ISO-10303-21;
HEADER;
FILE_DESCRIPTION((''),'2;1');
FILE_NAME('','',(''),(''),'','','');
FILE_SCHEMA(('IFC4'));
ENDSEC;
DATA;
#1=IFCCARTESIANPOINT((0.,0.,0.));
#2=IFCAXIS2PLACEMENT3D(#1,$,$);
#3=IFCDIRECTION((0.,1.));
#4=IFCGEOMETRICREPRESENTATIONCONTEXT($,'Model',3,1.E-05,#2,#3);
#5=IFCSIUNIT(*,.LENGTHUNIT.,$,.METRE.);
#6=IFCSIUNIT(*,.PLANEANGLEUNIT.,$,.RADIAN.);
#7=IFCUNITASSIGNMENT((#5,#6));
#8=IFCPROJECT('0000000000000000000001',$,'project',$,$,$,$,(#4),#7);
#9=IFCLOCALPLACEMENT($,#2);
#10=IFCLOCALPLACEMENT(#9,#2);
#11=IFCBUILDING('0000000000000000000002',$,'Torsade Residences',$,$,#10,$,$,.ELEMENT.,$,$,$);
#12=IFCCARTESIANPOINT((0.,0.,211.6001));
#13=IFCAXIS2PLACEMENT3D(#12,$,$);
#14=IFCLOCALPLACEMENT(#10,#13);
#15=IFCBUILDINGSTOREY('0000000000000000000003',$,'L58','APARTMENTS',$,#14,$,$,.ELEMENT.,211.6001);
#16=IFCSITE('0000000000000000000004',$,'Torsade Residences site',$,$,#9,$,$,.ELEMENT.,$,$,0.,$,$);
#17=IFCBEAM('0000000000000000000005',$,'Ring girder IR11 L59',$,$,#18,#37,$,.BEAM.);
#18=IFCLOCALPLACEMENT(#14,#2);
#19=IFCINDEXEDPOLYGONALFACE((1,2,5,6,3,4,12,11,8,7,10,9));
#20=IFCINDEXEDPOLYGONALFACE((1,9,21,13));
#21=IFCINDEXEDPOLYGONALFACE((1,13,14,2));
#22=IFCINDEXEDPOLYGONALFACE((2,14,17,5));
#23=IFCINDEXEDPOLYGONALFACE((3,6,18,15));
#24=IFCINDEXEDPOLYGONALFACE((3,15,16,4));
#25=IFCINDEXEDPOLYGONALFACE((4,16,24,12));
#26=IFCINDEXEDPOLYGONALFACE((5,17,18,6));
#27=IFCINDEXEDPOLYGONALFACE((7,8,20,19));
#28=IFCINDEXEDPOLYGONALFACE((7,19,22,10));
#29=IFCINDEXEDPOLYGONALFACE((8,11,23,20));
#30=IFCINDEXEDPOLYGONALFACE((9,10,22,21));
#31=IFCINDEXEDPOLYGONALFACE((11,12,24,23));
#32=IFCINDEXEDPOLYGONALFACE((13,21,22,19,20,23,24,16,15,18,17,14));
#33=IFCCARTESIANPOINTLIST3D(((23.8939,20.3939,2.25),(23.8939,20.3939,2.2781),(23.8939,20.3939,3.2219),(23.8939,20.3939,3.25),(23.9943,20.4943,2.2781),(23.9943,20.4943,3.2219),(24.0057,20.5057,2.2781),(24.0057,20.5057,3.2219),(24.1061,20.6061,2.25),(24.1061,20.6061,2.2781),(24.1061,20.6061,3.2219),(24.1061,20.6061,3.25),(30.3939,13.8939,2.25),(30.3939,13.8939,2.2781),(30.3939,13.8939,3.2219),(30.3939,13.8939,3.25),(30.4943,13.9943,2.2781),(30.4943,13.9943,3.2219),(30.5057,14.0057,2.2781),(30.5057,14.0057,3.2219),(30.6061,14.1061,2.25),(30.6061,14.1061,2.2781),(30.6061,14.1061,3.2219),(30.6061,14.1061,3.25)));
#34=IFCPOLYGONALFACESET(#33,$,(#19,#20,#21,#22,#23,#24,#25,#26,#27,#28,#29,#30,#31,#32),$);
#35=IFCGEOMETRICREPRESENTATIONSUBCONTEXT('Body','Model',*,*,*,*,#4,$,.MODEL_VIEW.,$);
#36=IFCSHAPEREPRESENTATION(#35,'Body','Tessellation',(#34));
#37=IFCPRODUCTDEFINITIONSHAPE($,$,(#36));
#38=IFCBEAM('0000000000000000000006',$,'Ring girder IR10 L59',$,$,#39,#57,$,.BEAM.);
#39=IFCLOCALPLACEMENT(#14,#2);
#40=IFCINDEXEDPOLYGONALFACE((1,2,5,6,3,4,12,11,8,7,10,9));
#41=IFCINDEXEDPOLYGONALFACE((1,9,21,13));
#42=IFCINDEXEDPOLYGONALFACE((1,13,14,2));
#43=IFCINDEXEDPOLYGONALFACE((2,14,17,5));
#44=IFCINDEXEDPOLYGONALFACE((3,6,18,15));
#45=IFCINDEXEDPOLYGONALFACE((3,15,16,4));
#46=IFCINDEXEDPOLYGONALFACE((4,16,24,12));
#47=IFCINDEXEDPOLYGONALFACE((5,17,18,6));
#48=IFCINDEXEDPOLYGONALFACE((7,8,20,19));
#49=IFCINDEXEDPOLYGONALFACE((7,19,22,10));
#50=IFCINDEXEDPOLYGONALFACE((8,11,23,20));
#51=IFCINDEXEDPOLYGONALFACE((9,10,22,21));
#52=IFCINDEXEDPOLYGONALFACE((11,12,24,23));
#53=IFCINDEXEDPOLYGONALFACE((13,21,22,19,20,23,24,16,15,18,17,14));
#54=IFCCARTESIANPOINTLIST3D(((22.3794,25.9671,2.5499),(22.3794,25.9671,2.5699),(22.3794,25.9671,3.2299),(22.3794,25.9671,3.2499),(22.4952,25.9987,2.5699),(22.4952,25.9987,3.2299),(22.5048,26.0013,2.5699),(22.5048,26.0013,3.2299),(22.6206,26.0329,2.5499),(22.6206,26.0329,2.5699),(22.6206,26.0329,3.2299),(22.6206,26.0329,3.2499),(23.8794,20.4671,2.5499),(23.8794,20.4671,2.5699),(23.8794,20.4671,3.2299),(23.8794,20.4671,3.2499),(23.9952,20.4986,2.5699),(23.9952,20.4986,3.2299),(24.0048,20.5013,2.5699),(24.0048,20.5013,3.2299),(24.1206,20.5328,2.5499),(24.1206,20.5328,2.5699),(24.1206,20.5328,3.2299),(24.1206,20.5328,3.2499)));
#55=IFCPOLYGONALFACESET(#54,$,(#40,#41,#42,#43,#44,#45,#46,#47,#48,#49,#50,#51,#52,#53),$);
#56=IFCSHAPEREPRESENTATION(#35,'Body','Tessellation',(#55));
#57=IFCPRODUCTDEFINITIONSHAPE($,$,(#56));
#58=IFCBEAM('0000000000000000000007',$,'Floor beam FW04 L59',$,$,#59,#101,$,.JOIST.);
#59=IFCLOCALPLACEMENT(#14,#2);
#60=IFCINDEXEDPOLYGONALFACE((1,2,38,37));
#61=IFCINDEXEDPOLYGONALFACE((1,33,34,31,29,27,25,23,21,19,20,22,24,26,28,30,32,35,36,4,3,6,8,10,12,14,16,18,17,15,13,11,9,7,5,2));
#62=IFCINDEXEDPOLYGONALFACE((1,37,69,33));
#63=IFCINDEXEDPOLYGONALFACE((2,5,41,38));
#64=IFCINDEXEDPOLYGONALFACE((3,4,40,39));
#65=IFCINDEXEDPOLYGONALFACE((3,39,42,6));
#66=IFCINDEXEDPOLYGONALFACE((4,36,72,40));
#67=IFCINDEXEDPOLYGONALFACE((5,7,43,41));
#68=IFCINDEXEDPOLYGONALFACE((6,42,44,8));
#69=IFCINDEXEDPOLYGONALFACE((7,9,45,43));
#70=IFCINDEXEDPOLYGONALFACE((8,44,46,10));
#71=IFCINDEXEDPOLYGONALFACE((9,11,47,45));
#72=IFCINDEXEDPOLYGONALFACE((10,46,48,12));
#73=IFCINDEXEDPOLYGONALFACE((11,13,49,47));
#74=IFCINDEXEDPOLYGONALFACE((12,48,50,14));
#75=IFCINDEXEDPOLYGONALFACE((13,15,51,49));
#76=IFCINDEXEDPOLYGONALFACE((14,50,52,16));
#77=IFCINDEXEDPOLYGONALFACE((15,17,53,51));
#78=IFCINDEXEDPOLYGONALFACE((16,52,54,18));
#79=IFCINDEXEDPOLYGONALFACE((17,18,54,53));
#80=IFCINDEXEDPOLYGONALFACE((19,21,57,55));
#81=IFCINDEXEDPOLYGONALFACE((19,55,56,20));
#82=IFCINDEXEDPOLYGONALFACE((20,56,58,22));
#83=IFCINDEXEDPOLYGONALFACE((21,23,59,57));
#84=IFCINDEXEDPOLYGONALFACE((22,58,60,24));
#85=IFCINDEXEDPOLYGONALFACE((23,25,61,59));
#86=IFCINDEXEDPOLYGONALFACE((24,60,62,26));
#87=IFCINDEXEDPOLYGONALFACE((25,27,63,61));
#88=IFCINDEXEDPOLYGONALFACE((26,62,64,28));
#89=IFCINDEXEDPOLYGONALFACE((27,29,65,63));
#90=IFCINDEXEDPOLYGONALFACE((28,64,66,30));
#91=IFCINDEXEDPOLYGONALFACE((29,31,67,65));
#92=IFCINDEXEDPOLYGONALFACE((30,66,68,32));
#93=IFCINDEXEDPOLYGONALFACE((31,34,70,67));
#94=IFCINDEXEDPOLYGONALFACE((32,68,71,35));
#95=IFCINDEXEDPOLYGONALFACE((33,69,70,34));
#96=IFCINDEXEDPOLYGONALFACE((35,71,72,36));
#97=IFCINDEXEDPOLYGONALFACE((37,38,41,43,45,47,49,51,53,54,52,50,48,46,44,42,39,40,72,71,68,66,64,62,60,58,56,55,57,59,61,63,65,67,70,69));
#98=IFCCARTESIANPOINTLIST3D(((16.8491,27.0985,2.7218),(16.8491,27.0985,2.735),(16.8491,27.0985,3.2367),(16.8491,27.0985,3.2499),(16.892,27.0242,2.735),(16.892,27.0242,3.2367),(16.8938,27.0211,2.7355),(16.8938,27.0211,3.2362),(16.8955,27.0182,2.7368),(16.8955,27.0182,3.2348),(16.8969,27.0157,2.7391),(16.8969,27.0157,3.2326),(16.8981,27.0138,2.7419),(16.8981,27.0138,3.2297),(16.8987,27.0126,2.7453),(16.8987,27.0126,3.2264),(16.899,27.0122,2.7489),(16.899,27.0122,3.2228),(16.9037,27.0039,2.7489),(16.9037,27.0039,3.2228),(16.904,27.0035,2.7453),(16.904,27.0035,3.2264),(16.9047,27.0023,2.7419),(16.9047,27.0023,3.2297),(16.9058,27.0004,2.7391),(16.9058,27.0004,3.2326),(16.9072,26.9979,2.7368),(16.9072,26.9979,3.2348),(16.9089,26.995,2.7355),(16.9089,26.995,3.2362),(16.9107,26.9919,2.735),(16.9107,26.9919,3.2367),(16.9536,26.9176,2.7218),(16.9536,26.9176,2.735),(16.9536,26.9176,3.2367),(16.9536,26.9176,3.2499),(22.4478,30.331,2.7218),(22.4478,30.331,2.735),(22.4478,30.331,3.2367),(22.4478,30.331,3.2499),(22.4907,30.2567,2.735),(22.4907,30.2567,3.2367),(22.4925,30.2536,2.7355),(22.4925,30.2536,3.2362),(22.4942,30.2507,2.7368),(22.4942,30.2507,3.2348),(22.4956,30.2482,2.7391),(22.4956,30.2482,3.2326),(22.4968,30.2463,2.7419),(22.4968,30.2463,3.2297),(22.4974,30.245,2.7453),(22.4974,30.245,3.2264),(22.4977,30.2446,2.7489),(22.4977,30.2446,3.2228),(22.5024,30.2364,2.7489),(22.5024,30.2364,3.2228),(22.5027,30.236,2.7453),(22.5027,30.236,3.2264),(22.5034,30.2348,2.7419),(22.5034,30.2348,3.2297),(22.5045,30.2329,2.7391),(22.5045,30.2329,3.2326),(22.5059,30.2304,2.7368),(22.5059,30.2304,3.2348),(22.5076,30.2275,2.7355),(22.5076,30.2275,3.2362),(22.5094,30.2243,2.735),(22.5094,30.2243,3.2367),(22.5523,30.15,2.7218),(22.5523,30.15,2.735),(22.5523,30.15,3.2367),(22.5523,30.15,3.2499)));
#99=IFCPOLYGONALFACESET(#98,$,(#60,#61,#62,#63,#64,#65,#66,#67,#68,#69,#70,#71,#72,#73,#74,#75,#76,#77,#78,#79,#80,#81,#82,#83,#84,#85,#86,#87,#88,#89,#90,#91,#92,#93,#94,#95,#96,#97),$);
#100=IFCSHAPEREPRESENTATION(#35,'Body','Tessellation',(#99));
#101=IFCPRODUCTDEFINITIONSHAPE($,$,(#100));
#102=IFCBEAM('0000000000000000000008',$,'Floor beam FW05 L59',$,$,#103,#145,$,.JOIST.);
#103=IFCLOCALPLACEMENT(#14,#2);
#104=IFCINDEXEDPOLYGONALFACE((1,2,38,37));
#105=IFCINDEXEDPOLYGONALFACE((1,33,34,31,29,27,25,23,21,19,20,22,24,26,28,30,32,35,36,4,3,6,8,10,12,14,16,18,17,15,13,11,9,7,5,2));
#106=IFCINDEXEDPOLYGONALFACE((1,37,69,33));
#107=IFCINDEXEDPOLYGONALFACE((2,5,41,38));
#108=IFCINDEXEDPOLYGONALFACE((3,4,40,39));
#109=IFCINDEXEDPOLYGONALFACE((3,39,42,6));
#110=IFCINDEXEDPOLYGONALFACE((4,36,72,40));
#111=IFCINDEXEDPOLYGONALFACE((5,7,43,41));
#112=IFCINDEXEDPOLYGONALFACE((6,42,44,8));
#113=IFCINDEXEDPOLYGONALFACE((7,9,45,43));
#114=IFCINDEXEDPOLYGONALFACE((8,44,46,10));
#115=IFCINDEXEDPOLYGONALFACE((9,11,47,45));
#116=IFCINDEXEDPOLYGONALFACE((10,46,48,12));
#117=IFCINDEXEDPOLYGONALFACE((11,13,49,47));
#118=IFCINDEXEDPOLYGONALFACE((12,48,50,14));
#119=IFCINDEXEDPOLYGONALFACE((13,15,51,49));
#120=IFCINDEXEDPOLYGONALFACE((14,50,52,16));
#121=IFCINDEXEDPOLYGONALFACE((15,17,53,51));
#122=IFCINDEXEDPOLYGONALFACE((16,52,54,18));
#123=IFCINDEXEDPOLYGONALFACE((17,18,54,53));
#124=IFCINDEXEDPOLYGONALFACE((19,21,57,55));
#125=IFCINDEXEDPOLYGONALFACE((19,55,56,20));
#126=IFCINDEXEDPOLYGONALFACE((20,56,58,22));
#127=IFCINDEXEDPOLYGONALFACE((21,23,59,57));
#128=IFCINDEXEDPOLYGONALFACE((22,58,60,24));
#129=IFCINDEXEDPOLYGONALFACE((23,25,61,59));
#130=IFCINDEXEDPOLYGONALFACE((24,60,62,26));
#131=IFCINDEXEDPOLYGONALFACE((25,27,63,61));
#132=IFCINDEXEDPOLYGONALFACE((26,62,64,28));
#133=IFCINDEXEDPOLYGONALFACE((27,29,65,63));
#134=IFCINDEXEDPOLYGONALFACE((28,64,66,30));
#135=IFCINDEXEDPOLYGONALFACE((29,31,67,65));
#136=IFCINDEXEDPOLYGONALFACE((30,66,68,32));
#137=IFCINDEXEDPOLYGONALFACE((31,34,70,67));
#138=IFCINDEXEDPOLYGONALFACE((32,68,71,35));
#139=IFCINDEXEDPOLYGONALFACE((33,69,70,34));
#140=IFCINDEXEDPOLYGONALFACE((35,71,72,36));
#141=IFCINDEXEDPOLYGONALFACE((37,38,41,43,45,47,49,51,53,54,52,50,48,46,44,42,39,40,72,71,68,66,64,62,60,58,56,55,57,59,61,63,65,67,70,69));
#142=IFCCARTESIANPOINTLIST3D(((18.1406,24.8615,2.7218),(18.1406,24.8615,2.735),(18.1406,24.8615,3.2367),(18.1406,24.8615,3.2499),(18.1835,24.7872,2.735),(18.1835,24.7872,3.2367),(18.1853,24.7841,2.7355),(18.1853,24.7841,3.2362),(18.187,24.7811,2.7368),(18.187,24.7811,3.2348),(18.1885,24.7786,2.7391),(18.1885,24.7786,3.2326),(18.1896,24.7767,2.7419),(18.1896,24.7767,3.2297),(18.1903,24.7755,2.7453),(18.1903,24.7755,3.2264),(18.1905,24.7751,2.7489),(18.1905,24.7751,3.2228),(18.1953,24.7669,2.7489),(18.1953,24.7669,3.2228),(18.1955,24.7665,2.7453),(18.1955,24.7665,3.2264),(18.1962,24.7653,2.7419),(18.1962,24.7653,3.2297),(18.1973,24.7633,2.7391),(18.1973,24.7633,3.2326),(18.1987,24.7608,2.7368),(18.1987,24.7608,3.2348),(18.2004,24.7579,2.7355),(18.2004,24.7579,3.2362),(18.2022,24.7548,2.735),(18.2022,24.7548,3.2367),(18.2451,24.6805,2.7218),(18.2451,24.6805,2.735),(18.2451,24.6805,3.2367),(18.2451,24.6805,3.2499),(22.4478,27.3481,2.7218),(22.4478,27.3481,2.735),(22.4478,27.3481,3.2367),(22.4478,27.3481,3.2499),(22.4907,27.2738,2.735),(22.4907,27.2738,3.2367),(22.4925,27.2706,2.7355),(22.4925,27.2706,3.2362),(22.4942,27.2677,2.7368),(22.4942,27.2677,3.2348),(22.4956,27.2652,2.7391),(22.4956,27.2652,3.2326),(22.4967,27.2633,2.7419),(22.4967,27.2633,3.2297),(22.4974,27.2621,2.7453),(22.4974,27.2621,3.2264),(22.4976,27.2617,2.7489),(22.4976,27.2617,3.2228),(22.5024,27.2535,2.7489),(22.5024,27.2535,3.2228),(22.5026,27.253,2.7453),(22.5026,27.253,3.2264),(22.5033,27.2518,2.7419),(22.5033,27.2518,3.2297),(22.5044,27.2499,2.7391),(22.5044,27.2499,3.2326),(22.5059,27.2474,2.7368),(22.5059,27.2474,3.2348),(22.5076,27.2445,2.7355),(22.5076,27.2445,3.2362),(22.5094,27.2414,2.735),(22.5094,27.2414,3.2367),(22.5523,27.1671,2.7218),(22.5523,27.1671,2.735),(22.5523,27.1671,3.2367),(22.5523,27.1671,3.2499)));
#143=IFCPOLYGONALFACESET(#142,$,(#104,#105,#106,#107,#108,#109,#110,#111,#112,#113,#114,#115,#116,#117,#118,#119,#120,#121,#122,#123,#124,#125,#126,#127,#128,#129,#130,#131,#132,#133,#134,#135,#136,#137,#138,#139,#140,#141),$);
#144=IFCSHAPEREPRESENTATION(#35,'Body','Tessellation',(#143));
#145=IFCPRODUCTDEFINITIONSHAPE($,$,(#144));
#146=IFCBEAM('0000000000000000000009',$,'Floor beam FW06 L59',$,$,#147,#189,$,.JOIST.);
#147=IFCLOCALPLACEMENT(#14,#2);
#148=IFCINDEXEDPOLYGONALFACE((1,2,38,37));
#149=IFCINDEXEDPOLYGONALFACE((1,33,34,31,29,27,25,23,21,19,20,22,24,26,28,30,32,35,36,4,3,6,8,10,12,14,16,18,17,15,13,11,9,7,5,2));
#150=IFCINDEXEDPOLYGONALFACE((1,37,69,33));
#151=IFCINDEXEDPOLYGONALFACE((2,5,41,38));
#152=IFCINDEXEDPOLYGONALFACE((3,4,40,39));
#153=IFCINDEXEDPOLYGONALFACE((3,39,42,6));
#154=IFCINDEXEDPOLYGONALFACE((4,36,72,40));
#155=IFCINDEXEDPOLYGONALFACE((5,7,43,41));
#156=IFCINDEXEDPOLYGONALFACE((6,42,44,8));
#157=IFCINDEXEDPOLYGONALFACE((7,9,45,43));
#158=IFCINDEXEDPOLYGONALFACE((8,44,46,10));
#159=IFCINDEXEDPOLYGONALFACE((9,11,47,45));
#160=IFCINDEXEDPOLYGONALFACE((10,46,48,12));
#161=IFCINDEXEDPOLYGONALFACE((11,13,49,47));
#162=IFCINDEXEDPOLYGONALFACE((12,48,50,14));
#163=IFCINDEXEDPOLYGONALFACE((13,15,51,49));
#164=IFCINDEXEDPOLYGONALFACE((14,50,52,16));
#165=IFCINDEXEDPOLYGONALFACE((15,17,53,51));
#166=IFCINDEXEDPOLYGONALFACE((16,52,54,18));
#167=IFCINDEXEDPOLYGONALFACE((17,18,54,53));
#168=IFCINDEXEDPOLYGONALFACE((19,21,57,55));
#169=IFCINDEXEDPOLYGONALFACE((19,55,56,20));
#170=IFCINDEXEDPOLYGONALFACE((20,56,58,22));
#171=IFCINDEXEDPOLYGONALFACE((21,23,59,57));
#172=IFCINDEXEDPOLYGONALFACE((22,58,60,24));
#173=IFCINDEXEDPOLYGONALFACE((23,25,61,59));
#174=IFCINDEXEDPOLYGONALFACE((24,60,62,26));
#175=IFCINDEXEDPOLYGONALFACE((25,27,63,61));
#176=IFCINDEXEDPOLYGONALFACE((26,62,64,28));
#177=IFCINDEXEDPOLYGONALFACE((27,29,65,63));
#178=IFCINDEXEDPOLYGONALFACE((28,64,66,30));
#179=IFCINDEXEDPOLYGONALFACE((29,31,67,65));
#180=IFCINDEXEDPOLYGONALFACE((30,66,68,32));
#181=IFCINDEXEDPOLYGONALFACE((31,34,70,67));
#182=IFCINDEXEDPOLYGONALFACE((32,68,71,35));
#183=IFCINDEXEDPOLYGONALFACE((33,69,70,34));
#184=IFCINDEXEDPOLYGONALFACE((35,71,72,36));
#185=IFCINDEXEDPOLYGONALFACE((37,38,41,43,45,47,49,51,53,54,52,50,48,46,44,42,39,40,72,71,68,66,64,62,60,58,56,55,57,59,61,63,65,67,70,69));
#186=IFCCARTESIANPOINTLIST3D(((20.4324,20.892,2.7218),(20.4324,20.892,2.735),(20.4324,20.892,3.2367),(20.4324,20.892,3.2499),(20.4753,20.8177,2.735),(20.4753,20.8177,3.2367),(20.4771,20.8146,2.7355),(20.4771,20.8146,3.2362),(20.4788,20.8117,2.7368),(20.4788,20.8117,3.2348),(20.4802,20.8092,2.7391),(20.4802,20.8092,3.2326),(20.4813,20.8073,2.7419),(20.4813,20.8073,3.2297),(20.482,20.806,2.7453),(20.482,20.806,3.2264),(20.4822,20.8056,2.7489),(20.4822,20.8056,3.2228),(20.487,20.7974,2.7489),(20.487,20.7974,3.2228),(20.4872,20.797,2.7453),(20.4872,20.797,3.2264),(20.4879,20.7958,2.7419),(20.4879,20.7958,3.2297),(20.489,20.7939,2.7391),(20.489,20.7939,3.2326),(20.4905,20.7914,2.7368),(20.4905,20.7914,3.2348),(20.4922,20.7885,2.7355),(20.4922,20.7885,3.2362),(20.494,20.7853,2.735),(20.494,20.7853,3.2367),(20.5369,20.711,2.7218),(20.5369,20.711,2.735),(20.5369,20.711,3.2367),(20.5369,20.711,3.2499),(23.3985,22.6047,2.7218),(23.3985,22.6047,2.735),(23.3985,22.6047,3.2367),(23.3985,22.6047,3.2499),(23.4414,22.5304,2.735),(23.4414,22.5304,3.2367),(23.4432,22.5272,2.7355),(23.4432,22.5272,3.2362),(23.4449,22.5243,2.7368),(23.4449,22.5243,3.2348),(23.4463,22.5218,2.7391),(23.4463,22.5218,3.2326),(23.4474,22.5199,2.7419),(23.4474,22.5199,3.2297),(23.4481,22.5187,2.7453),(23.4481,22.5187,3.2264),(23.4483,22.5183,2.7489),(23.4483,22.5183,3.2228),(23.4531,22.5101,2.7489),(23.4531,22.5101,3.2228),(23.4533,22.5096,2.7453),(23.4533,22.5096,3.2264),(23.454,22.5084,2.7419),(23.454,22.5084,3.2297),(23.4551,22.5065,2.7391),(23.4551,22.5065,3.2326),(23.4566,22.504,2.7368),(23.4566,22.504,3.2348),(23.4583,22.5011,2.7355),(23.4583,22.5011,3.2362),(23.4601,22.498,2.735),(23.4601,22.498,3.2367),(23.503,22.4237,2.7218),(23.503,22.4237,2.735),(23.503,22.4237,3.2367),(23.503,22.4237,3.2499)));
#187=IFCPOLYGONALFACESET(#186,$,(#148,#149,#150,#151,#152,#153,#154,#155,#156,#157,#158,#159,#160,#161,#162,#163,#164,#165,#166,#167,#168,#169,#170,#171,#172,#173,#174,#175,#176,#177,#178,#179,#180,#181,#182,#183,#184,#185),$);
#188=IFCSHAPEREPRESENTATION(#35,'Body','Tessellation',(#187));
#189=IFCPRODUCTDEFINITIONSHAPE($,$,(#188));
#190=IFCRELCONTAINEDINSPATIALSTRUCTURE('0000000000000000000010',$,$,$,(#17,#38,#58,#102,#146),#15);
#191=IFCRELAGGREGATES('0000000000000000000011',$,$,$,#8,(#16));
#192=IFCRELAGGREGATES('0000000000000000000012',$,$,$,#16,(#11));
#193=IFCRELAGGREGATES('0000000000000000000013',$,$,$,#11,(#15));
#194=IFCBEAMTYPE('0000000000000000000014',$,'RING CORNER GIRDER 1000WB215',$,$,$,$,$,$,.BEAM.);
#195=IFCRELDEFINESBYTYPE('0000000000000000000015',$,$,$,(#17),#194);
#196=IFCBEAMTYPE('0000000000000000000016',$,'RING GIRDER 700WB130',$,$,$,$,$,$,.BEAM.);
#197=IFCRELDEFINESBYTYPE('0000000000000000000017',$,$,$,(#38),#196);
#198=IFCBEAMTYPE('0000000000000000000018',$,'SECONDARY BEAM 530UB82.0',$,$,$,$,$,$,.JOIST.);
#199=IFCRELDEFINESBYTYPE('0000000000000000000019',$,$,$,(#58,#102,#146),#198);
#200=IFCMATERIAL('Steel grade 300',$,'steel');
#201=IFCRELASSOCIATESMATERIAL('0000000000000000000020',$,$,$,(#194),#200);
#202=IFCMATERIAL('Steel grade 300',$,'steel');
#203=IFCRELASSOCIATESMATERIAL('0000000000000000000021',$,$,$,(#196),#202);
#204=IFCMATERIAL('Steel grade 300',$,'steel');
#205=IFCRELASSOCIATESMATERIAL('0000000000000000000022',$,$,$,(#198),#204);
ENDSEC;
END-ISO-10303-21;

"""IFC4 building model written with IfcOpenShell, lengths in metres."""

from ifc_helpers import new_model, si_unit, direction, frame, origin, origin_2d, place, context, subcontext, project, spatial, i_section, extrude, material, material_profile, profile_set, type_object, element, save


model = new_model("IFC4")

# Units and contexts
model_context = context("Model", 3, precision=1e-05, world=origin(), true_north=direction((0.0, 1.0)))
body_context = subcontext(model_context, "Body", "Model", "MODEL_VIEW")
ifc_project = project(units=[si_unit("LENGTHUNIT", "METRE"), si_unit("PLANEANGLEUNIT", "RADIAN")], contexts=[model_context])

# Site, building, storey
site_placement = place(None, origin())
site = spatial("IfcSite", under=ifc_project, at=site_placement, Name="Torsade Residences site", CompositionType="ELEMENT", RefElevation=0.0)
building_placement = place(site_placement, origin())
building = spatial("IfcBuilding", under=site, at=building_placement, Name="Torsade Residences", CompositionType="ELEMENT")
storey_placement = place(building_placement, frame((0.0, 0.0, 211.6001)))
storey = spatial("IfcBuildingStorey", under=building, at=storey_placement, Name="L58", Description="APARTMENTS", CompositionType="ELEMENT", Elevation=211.6001)

# Beams
ifc_material_1 = material(Name="Steel grade 300", Category="steel")
ifc_material_profile_1 = material_profile(ifc_material_1, i_section(OverallWidth=0.3, OverallDepth=1.0, WebThickness=0.0161, FlangeThickness=0.0281, at=origin_2d()), Name="1000WB215")
ifc_profile_set_1 = profile_set([ifc_material_profile_1], Name="Steel grade 300")
beam_type_1 = type_object("IfcBeamType", Name="RING CORNER GIRDER 1000WB215", PredefinedType="BEAM", material=ifc_profile_set_1)
beam_1_placement = place(storey_placement, frame((24.0, 20.5, 2.75), z_axis=(0.707107, -0.707107, 0.0), x_axis=(0.707107, 0.707107, 0.0)))
element("IfcBeam", 1, at=beam_1_placement, inside=storey, type_object=beam_type_1, Name="Ring girder IR11 L59", PredefinedType="BEAM", context=body_context, shape_type="SweptSolid", body=[
    extrude(i_section(OverallWidth=0.3, OverallDepth=1.0, WebThickness=0.0161, FlangeThickness=0.0281, at=origin_2d()), origin(), (0.0, 0.0, 1.0), 9.1924),
])
ifc_material_2 = material(Name="Steel grade 300", Category="steel")
ifc_material_profile_2 = material_profile(ifc_material_2, i_section(OverallWidth=0.25, OverallDepth=0.7, WebThickness=0.01, FlangeThickness=0.02, at=origin_2d()), Name="700WB130")
ifc_profile_set_2 = profile_set([ifc_material_profile_2], Name="Steel grade 300")
beam_type_2 = type_object("IfcBeamType", Name="RING GIRDER 700WB130", PredefinedType="BEAM", material=ifc_profile_set_2)
beam_2_placement = place(storey_placement, frame((22.5, 26.0, 2.8999), z_axis=(0.263117, -0.964764, 0.0), x_axis=(0.964764, 0.263117, 0.0)))
element("IfcBeam", 2, at=beam_2_placement, inside=storey, type_object=beam_type_2, Name="Ring girder IR10 L59", PredefinedType="BEAM", context=body_context, shape_type="SweptSolid", body=[
    extrude(i_section(OverallWidth=0.25, OverallDepth=0.7, WebThickness=0.01, FlangeThickness=0.02, at=origin_2d()), origin(), (0.0, 0.0, 1.0), 5.7009),
])
ifc_material_3 = material(Name="Steel grade 300", Category="steel")
ifc_material_profile_3 = material_profile(ifc_material_3, i_section(OverallWidth=0.209, OverallDepth=0.5281, WebThickness=0.0095, FlangeThickness=0.0132, FilletRadius=0.0139, at=origin_2d()), Name="530UB82.0")
ifc_profile_set_3 = profile_set([ifc_material_profile_3], Name="Steel grade 300")
beam_type_3 = type_object("IfcBeamType", Name="SECONDARY BEAM 530UB82.0", PredefinedType="JOIST", material=ifc_profile_set_3)
beam_3_placement = place(storey_placement, frame((16.9014, 27.0081, 2.9858), z_axis=(0.866022, 0.500006, 0.0), x_axis=(-0.500006, 0.866022, 0.0)))
element("IfcBeam", 3, at=beam_3_placement, inside=storey, type_object=beam_type_3, Name="Floor beam FW04 L59", PredefinedType="JOIST", context=body_context, shape_type="SweptSolid", body=[
    extrude(i_section(OverallWidth=0.209, OverallDepth=0.5281, WebThickness=0.0095, FlangeThickness=0.0132, FilletRadius=0.0139, at=origin_2d()), origin(), (0.0, 0.0, 1.0), 6.4648),
])
beam_4_placement = place(storey_placement, frame((18.1929, 24.771, 2.9858), z_axis=(0.866038, 0.499977, 0.0), x_axis=(-0.499977, 0.866038, 0.0)))
element("IfcBeam", 4, at=beam_4_placement, inside=storey, type_object=beam_type_3, Name="Floor beam FW05 L59", PredefinedType="JOIST", context=body_context, shape_type="SweptSolid", body=[
    extrude(i_section(OverallWidth=0.209, OverallDepth=0.5281, WebThickness=0.0095, FlangeThickness=0.0132, FilletRadius=0.0139, at=origin_2d()), origin(), (0.0, 0.0, 1.0), 4.9734),
])
beam_5_placement = place(storey_placement, frame((20.4846, 20.8015, 2.9858), z_axis=(0.866002, 0.500041, 0.0), x_axis=(-0.500041, 0.866002, 0.0)))
element("IfcBeam", 5, at=beam_5_placement, inside=storey, type_object=beam_type_3, Name="Floor beam FW06 L59", PredefinedType="JOIST", context=body_context, shape_type="SweptSolid", body=[
    extrude(i_section(OverallWidth=0.209, OverallDepth=0.5281, WebThickness=0.0095, FlangeThickness=0.0132, FilletRadius=0.0139, at=origin_2d()), origin(), (0.0, 0.0, 1.0), 3.425),
])

save(model, "model.ifc")
